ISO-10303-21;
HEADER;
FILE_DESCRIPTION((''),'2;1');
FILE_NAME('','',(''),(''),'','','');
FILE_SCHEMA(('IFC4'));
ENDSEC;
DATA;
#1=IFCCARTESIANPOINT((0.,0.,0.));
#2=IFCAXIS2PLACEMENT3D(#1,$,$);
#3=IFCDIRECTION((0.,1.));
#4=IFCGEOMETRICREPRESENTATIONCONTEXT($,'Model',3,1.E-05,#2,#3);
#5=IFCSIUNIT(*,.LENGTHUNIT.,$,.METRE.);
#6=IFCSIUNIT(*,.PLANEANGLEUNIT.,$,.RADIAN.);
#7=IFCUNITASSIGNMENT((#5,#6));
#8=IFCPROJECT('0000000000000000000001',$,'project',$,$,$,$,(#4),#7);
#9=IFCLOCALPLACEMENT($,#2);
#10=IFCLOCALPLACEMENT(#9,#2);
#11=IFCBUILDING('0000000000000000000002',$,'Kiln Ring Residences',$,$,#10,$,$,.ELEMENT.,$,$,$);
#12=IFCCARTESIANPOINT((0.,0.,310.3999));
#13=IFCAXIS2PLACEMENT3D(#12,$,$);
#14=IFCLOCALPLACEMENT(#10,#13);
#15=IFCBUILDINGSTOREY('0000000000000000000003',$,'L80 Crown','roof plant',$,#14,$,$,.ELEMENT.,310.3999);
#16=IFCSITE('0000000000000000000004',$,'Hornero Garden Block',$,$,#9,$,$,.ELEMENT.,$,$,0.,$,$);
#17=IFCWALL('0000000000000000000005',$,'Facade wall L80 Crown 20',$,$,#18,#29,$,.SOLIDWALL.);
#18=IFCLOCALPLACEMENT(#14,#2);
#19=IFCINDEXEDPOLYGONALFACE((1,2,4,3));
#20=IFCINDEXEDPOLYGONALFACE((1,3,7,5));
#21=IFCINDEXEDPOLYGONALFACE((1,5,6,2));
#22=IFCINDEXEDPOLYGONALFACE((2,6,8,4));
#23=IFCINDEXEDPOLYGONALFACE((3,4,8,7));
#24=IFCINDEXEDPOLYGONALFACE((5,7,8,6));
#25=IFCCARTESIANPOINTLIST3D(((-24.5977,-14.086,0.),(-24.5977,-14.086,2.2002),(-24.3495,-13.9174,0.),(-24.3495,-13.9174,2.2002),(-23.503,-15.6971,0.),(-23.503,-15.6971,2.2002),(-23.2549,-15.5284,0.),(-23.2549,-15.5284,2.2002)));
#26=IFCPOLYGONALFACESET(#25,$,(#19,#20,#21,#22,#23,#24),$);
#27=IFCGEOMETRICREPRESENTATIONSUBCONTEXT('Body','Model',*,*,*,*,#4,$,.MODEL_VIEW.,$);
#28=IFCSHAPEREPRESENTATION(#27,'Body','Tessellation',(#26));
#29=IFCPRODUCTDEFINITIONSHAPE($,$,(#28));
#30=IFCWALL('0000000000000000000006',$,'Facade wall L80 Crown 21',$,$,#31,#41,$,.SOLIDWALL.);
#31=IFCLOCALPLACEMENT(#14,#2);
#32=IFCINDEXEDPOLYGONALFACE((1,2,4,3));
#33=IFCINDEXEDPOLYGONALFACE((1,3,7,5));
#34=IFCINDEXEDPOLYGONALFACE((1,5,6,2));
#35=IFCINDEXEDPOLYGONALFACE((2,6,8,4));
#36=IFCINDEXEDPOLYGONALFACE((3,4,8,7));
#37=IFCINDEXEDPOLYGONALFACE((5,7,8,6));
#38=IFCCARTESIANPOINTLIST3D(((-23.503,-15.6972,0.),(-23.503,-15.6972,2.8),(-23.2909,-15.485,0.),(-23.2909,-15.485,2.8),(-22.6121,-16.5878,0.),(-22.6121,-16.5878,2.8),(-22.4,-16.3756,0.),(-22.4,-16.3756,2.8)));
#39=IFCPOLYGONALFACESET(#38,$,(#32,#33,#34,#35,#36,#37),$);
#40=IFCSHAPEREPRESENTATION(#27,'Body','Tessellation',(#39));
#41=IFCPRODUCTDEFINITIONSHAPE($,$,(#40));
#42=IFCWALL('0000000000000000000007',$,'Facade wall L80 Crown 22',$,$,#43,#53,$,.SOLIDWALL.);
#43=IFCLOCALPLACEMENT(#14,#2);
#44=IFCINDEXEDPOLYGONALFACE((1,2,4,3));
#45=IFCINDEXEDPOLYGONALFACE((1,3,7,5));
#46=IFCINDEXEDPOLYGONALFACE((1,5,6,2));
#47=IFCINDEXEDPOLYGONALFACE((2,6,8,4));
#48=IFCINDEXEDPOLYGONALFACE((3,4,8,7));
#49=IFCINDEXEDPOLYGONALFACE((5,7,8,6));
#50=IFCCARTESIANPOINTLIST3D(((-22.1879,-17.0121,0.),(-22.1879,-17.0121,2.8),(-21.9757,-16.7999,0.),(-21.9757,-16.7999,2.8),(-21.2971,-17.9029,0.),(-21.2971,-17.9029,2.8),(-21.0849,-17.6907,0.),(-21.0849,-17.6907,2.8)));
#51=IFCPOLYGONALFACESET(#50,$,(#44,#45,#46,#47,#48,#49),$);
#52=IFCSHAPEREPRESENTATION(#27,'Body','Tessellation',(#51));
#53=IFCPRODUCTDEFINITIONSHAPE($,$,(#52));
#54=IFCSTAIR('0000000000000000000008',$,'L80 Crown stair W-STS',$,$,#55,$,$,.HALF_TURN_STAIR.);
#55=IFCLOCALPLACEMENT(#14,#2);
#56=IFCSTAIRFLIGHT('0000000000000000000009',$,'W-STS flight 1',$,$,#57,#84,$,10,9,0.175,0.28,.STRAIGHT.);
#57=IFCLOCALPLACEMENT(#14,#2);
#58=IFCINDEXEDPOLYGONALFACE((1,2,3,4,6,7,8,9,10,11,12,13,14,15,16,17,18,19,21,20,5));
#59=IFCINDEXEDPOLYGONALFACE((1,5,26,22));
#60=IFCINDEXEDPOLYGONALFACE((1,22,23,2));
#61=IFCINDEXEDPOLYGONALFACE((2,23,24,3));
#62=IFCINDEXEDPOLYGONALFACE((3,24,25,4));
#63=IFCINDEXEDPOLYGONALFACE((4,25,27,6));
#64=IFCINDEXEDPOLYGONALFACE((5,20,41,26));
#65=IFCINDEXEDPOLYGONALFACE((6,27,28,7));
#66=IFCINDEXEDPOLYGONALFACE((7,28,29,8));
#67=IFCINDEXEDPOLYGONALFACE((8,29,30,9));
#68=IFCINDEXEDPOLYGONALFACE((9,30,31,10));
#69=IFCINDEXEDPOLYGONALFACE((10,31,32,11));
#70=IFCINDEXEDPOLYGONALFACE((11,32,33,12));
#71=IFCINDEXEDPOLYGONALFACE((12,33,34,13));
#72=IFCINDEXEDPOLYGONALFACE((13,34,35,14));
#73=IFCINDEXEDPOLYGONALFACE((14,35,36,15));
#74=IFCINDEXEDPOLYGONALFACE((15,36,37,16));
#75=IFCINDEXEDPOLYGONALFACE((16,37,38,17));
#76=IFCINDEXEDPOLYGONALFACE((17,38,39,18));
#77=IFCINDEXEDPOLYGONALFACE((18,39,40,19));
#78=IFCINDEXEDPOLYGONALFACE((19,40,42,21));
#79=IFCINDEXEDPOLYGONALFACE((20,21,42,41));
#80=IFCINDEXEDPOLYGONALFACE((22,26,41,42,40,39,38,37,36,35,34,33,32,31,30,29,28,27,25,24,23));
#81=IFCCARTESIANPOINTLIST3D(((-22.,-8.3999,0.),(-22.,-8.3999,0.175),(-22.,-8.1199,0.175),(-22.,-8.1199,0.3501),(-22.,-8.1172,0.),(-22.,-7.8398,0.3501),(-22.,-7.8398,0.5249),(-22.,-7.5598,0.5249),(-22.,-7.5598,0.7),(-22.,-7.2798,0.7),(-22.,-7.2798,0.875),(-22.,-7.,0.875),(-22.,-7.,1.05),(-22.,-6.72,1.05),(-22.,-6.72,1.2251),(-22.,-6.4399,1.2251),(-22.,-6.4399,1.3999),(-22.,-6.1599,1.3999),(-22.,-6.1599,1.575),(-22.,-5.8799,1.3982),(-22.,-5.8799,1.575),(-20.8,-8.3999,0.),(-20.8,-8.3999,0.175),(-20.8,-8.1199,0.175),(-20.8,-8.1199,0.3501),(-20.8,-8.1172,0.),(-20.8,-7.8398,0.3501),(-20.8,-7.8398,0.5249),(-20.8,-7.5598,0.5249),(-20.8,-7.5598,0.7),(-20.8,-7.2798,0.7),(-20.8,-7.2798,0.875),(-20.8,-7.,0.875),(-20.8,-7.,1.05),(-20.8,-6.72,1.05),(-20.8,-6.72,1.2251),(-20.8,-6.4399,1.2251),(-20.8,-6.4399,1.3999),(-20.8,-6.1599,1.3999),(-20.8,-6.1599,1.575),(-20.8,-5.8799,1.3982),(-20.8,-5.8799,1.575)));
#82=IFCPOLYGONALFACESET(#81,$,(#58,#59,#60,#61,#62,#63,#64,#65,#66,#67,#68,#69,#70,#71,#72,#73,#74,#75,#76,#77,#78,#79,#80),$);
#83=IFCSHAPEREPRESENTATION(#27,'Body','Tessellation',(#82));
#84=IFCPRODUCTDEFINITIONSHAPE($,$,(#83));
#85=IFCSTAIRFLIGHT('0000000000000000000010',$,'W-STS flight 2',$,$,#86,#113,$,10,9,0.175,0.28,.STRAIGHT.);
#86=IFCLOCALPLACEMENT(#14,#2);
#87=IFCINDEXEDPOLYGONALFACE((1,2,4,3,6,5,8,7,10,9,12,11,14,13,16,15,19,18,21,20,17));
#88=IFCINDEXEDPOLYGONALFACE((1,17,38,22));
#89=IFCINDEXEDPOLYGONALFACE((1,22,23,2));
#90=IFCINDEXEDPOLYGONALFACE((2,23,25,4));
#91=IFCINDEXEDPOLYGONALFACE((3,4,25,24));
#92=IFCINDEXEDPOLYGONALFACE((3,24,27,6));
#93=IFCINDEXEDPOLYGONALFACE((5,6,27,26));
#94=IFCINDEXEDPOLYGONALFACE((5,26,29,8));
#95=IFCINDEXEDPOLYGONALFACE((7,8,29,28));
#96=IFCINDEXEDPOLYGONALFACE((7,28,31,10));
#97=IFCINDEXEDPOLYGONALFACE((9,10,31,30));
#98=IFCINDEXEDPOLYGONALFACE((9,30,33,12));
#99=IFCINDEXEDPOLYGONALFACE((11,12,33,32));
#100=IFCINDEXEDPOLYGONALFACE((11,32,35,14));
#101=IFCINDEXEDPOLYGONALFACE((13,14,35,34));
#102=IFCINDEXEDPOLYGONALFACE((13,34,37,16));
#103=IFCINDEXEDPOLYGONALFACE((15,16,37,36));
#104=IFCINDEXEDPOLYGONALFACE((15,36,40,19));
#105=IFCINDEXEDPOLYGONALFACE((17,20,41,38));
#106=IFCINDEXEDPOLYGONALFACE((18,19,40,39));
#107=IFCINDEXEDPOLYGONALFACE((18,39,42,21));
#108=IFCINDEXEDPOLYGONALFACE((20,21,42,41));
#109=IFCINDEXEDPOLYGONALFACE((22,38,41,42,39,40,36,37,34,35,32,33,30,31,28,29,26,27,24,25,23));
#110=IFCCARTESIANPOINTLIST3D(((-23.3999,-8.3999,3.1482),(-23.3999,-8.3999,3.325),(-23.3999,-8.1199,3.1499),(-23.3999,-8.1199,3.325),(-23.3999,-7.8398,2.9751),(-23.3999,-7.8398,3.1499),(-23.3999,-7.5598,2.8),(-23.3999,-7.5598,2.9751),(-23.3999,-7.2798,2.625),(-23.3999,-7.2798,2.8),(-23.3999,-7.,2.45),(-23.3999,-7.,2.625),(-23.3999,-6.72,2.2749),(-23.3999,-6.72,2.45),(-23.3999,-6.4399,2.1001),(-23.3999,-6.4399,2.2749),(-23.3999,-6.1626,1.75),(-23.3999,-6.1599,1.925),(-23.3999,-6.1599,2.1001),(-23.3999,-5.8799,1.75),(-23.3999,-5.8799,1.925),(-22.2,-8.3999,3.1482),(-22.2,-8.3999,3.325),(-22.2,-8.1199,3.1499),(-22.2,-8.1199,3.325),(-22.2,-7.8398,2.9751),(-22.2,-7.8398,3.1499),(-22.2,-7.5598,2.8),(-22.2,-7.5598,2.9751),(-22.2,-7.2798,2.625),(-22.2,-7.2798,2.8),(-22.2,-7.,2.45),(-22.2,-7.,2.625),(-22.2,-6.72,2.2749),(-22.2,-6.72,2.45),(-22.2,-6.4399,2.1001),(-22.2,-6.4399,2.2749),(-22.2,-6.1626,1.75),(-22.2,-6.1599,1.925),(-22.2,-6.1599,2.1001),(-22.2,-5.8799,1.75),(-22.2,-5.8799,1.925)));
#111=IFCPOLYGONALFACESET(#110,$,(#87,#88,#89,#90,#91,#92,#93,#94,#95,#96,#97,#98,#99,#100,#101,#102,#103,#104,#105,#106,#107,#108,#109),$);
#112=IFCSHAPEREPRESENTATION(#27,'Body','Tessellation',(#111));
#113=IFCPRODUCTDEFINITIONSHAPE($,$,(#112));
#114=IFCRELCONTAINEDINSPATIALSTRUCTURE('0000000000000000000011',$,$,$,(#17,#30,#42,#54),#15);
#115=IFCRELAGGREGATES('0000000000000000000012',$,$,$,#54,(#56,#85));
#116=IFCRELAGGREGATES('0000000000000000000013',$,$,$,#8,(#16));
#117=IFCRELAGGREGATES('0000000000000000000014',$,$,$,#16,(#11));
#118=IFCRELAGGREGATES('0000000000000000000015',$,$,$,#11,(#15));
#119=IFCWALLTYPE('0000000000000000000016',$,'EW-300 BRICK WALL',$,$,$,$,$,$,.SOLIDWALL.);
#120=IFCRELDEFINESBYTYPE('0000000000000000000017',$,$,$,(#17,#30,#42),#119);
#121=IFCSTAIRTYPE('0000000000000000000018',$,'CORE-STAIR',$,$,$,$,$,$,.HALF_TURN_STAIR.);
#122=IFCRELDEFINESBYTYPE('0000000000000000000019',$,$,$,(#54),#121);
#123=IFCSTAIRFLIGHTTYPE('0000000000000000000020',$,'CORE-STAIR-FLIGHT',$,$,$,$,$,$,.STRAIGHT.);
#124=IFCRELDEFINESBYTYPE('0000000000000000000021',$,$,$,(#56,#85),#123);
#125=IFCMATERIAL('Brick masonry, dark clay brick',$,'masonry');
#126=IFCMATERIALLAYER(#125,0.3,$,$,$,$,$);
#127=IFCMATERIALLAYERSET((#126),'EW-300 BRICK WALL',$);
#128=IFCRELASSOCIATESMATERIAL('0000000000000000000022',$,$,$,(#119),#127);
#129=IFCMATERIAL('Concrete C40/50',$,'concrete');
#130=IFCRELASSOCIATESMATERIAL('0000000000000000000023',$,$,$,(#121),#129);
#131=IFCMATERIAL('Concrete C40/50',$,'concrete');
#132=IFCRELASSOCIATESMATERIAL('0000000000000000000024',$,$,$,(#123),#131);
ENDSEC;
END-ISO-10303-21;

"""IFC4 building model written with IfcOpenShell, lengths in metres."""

from ifc_helpers import new_model, si_unit, direction, frame, frame_2d, origin, place, context, subcontext, project, spatial, polyline, rectangle, outline, extrude, material, layer, layer_set, type_object, element, aggregate, save


model = new_model("IFC4")

# Units and contexts
model_context = context("Model", 3, precision=1e-05, world=origin(), true_north=direction((0.0, 1.0)))
body_context = subcontext(model_context, "Body", "Model", "MODEL_VIEW")
ifc_project = project(units=[si_unit("LENGTHUNIT", "METRE"), si_unit("PLANEANGLEUNIT", "RADIAN")], contexts=[model_context])

# Site, building, storey
site_placement = place(None, origin())
site = spatial("IfcSite", under=ifc_project, at=site_placement, Name="Hornero Garden Block", CompositionType="ELEMENT", RefElevation=0.0)
building_placement = place(site_placement, origin())
building = spatial("IfcBuilding", under=site, at=building_placement, Name="Kiln Ring Residences", CompositionType="ELEMENT")
storey_placement = place(building_placement, frame((0.0, 0.0, 310.3999)))
storey = spatial("IfcBuildingStorey", under=building, at=storey_placement, Name="L80 Crown", Description="roof plant", CompositionType="ELEMENT", Elevation=310.3999)

# Walls
ifc_material_1 = material(Name="Brick masonry, dark clay brick", Category="masonry")
ifc_layer_1 = layer(ifc_material_1, 0.3)
ifc_layer_set_1 = layer_set([ifc_layer_1], Name="EW-300 BRICK WALL")
wall_type_1 = type_object("IfcWallType", Name="EW-300 BRICK WALL", PredefinedType="SOLIDWALL", material=ifc_layer_set_1)
wall_1_placement = place(storey_placement, frame((-24.4736, -14.0017, 0.0), z_axis=(0.0, 0.0, 1.0), x_axis=(0.562025, -0.82712, 0.0)))
element("IfcWall", 1, at=wall_1_placement, inside=storey, type_object=wall_type_1, Name="Facade wall L80 Crown 20", PredefinedType="SOLIDWALL", context=body_context, shape_type="SweptSolid", body=[
    extrude(rectangle(XDim=1.9478, YDim=0.3, at=frame_2d((0.9739, 0.0))), origin(), (0.0, 0.0, 1.0), 2.2002),
])
for number, where, z_axis, x_axis, name in (
    (2, (-23.397, -15.5911, 0.0), (0.0, 0.0, 1.0), (0.707204, -0.70701, 0.0), "Facade wall L80 Crown 21"),
    (3, (-22.0818, -16.906, 0.0), (0.0, 0.0, 1.0), (0.707107, -0.707107, 0.0), "Facade wall L80 Crown 22"),
):
    element("IfcWall", number, at=place(storey_placement, frame(where, z_axis=z_axis, x_axis=x_axis)), inside=storey, type_object=wall_type_1, Name=name, PredefinedType="SOLIDWALL", context=body_context, shape_type="SweptSolid", body=[
        extrude(rectangle(XDim=1.2598, YDim=0.3, at=frame_2d((0.6299, 0.0))), origin(), (0.0, 0.0, 1.0), 2.8),
    ])

# Stair, stair flights
ifc_material_2 = material(Name="Concrete C40/50", Category="concrete")
stair_type = type_object("IfcStairType", Name="CORE-STAIR", PredefinedType="HALF_TURN_STAIR", material=ifc_material_2)
stair_placement = place(storey_placement, origin())
stair = element("IfcStair", 4, at=stair_placement, inside=storey, type_object=stair_type, Name="L80 Crown stair W-STS", PredefinedType="HALF_TURN_STAIR")
ifc_material_3 = material(Name="Concrete C40/50", Category="concrete")
stair_flight_type = type_object("IfcStairFlightType", Name="CORE-STAIR-FLIGHT", PredefinedType="STRAIGHT", material=ifc_material_3)
stair_flight_1_placement = place(storey_placement, frame((-21.3999, -8.3999, 0.0), z_axis=(0.0, 0.0, 1.0), x_axis=(0.0, 1.0, 0.0)))
stair_flight_1 = element("IfcStairFlight", 5, at=stair_flight_1_placement, type_object=stair_flight_type, Name="W-STS flight 1", NumberOfRisers=10, NumberOfTreads=9, PredefinedType="STRAIGHT", RiserHeight=0.175, TreadLength=0.28, context=body_context, shape_type="SweptSolid", body=[
    extrude(outline(polyline([(0.0, 0.0), (0.0, 0.175), (0.28, 0.175), (0.28, 0.3501), (0.5601, 0.3501), (0.5601, 0.5249), (0.8401, 0.5249), (0.8401, 0.7), (1.1201, 0.7), (1.1201, 0.875), (1.3999, 0.875), (1.3999, 1.05), (1.6799, 1.05), (1.6799, 1.2251), (1.96, 1.2251), (1.96, 1.3999), (2.24, 1.3999), (2.24, 1.575), (2.52, 1.575), (2.52, 1.75), (2.52, 1.3982), (0.2827, 0.0), (0.0, 0.0)])), frame((0.0, 0.6001, 0.0), z_axis=(0.0, -1.0, 0.0), x_axis=(1.0, 0.0, 0.0)), (0.0, 0.0, 1.0), 1.2),
])
stair_flight_2_placement = place(storey_placement, frame((-22.8, -5.8799, 1.75), z_axis=(0.0, 0.0, 1.0), x_axis=(0.0, -1.0, 0.0)))
stair_flight_2 = element("IfcStairFlight", 6, at=stair_flight_2_placement, type_object=stair_flight_type, Name="W-STS flight 2", NumberOfRisers=10, NumberOfTreads=9, PredefinedType="STRAIGHT", RiserHeight=0.175, TreadLength=0.28, context=body_context, shape_type="SweptSolid", body=[
    extrude(outline(polyline([(0.0, 0.0), (0.0, 0.175), (0.28, 0.175), (0.28, 0.3501), (0.5601, 0.3501), (0.5601, 0.5249), (0.8401, 0.5249), (0.8401, 0.7), (1.1201, 0.7), (1.1201, 0.875), (1.3999, 0.875), (1.3999, 1.05), (1.6799, 1.05), (1.6799, 1.2251), (1.96, 1.2251), (1.96, 1.3999), (2.24, 1.3999), (2.24, 1.575), (2.52, 1.575), (2.52, 1.75), (2.52, 1.3982), (0.2827, 0.0), (0.0, 0.0)])), frame((0.0, 0.6001, 0.0), z_axis=(0.0, -1.0, 0.0), x_axis=(1.0, 0.0, 0.0)), (0.0, 0.0, 1.0), 1.2),
])
aggregate(stair, [stair_flight_1, stair_flight_2])

save(model, "model.ifc")
